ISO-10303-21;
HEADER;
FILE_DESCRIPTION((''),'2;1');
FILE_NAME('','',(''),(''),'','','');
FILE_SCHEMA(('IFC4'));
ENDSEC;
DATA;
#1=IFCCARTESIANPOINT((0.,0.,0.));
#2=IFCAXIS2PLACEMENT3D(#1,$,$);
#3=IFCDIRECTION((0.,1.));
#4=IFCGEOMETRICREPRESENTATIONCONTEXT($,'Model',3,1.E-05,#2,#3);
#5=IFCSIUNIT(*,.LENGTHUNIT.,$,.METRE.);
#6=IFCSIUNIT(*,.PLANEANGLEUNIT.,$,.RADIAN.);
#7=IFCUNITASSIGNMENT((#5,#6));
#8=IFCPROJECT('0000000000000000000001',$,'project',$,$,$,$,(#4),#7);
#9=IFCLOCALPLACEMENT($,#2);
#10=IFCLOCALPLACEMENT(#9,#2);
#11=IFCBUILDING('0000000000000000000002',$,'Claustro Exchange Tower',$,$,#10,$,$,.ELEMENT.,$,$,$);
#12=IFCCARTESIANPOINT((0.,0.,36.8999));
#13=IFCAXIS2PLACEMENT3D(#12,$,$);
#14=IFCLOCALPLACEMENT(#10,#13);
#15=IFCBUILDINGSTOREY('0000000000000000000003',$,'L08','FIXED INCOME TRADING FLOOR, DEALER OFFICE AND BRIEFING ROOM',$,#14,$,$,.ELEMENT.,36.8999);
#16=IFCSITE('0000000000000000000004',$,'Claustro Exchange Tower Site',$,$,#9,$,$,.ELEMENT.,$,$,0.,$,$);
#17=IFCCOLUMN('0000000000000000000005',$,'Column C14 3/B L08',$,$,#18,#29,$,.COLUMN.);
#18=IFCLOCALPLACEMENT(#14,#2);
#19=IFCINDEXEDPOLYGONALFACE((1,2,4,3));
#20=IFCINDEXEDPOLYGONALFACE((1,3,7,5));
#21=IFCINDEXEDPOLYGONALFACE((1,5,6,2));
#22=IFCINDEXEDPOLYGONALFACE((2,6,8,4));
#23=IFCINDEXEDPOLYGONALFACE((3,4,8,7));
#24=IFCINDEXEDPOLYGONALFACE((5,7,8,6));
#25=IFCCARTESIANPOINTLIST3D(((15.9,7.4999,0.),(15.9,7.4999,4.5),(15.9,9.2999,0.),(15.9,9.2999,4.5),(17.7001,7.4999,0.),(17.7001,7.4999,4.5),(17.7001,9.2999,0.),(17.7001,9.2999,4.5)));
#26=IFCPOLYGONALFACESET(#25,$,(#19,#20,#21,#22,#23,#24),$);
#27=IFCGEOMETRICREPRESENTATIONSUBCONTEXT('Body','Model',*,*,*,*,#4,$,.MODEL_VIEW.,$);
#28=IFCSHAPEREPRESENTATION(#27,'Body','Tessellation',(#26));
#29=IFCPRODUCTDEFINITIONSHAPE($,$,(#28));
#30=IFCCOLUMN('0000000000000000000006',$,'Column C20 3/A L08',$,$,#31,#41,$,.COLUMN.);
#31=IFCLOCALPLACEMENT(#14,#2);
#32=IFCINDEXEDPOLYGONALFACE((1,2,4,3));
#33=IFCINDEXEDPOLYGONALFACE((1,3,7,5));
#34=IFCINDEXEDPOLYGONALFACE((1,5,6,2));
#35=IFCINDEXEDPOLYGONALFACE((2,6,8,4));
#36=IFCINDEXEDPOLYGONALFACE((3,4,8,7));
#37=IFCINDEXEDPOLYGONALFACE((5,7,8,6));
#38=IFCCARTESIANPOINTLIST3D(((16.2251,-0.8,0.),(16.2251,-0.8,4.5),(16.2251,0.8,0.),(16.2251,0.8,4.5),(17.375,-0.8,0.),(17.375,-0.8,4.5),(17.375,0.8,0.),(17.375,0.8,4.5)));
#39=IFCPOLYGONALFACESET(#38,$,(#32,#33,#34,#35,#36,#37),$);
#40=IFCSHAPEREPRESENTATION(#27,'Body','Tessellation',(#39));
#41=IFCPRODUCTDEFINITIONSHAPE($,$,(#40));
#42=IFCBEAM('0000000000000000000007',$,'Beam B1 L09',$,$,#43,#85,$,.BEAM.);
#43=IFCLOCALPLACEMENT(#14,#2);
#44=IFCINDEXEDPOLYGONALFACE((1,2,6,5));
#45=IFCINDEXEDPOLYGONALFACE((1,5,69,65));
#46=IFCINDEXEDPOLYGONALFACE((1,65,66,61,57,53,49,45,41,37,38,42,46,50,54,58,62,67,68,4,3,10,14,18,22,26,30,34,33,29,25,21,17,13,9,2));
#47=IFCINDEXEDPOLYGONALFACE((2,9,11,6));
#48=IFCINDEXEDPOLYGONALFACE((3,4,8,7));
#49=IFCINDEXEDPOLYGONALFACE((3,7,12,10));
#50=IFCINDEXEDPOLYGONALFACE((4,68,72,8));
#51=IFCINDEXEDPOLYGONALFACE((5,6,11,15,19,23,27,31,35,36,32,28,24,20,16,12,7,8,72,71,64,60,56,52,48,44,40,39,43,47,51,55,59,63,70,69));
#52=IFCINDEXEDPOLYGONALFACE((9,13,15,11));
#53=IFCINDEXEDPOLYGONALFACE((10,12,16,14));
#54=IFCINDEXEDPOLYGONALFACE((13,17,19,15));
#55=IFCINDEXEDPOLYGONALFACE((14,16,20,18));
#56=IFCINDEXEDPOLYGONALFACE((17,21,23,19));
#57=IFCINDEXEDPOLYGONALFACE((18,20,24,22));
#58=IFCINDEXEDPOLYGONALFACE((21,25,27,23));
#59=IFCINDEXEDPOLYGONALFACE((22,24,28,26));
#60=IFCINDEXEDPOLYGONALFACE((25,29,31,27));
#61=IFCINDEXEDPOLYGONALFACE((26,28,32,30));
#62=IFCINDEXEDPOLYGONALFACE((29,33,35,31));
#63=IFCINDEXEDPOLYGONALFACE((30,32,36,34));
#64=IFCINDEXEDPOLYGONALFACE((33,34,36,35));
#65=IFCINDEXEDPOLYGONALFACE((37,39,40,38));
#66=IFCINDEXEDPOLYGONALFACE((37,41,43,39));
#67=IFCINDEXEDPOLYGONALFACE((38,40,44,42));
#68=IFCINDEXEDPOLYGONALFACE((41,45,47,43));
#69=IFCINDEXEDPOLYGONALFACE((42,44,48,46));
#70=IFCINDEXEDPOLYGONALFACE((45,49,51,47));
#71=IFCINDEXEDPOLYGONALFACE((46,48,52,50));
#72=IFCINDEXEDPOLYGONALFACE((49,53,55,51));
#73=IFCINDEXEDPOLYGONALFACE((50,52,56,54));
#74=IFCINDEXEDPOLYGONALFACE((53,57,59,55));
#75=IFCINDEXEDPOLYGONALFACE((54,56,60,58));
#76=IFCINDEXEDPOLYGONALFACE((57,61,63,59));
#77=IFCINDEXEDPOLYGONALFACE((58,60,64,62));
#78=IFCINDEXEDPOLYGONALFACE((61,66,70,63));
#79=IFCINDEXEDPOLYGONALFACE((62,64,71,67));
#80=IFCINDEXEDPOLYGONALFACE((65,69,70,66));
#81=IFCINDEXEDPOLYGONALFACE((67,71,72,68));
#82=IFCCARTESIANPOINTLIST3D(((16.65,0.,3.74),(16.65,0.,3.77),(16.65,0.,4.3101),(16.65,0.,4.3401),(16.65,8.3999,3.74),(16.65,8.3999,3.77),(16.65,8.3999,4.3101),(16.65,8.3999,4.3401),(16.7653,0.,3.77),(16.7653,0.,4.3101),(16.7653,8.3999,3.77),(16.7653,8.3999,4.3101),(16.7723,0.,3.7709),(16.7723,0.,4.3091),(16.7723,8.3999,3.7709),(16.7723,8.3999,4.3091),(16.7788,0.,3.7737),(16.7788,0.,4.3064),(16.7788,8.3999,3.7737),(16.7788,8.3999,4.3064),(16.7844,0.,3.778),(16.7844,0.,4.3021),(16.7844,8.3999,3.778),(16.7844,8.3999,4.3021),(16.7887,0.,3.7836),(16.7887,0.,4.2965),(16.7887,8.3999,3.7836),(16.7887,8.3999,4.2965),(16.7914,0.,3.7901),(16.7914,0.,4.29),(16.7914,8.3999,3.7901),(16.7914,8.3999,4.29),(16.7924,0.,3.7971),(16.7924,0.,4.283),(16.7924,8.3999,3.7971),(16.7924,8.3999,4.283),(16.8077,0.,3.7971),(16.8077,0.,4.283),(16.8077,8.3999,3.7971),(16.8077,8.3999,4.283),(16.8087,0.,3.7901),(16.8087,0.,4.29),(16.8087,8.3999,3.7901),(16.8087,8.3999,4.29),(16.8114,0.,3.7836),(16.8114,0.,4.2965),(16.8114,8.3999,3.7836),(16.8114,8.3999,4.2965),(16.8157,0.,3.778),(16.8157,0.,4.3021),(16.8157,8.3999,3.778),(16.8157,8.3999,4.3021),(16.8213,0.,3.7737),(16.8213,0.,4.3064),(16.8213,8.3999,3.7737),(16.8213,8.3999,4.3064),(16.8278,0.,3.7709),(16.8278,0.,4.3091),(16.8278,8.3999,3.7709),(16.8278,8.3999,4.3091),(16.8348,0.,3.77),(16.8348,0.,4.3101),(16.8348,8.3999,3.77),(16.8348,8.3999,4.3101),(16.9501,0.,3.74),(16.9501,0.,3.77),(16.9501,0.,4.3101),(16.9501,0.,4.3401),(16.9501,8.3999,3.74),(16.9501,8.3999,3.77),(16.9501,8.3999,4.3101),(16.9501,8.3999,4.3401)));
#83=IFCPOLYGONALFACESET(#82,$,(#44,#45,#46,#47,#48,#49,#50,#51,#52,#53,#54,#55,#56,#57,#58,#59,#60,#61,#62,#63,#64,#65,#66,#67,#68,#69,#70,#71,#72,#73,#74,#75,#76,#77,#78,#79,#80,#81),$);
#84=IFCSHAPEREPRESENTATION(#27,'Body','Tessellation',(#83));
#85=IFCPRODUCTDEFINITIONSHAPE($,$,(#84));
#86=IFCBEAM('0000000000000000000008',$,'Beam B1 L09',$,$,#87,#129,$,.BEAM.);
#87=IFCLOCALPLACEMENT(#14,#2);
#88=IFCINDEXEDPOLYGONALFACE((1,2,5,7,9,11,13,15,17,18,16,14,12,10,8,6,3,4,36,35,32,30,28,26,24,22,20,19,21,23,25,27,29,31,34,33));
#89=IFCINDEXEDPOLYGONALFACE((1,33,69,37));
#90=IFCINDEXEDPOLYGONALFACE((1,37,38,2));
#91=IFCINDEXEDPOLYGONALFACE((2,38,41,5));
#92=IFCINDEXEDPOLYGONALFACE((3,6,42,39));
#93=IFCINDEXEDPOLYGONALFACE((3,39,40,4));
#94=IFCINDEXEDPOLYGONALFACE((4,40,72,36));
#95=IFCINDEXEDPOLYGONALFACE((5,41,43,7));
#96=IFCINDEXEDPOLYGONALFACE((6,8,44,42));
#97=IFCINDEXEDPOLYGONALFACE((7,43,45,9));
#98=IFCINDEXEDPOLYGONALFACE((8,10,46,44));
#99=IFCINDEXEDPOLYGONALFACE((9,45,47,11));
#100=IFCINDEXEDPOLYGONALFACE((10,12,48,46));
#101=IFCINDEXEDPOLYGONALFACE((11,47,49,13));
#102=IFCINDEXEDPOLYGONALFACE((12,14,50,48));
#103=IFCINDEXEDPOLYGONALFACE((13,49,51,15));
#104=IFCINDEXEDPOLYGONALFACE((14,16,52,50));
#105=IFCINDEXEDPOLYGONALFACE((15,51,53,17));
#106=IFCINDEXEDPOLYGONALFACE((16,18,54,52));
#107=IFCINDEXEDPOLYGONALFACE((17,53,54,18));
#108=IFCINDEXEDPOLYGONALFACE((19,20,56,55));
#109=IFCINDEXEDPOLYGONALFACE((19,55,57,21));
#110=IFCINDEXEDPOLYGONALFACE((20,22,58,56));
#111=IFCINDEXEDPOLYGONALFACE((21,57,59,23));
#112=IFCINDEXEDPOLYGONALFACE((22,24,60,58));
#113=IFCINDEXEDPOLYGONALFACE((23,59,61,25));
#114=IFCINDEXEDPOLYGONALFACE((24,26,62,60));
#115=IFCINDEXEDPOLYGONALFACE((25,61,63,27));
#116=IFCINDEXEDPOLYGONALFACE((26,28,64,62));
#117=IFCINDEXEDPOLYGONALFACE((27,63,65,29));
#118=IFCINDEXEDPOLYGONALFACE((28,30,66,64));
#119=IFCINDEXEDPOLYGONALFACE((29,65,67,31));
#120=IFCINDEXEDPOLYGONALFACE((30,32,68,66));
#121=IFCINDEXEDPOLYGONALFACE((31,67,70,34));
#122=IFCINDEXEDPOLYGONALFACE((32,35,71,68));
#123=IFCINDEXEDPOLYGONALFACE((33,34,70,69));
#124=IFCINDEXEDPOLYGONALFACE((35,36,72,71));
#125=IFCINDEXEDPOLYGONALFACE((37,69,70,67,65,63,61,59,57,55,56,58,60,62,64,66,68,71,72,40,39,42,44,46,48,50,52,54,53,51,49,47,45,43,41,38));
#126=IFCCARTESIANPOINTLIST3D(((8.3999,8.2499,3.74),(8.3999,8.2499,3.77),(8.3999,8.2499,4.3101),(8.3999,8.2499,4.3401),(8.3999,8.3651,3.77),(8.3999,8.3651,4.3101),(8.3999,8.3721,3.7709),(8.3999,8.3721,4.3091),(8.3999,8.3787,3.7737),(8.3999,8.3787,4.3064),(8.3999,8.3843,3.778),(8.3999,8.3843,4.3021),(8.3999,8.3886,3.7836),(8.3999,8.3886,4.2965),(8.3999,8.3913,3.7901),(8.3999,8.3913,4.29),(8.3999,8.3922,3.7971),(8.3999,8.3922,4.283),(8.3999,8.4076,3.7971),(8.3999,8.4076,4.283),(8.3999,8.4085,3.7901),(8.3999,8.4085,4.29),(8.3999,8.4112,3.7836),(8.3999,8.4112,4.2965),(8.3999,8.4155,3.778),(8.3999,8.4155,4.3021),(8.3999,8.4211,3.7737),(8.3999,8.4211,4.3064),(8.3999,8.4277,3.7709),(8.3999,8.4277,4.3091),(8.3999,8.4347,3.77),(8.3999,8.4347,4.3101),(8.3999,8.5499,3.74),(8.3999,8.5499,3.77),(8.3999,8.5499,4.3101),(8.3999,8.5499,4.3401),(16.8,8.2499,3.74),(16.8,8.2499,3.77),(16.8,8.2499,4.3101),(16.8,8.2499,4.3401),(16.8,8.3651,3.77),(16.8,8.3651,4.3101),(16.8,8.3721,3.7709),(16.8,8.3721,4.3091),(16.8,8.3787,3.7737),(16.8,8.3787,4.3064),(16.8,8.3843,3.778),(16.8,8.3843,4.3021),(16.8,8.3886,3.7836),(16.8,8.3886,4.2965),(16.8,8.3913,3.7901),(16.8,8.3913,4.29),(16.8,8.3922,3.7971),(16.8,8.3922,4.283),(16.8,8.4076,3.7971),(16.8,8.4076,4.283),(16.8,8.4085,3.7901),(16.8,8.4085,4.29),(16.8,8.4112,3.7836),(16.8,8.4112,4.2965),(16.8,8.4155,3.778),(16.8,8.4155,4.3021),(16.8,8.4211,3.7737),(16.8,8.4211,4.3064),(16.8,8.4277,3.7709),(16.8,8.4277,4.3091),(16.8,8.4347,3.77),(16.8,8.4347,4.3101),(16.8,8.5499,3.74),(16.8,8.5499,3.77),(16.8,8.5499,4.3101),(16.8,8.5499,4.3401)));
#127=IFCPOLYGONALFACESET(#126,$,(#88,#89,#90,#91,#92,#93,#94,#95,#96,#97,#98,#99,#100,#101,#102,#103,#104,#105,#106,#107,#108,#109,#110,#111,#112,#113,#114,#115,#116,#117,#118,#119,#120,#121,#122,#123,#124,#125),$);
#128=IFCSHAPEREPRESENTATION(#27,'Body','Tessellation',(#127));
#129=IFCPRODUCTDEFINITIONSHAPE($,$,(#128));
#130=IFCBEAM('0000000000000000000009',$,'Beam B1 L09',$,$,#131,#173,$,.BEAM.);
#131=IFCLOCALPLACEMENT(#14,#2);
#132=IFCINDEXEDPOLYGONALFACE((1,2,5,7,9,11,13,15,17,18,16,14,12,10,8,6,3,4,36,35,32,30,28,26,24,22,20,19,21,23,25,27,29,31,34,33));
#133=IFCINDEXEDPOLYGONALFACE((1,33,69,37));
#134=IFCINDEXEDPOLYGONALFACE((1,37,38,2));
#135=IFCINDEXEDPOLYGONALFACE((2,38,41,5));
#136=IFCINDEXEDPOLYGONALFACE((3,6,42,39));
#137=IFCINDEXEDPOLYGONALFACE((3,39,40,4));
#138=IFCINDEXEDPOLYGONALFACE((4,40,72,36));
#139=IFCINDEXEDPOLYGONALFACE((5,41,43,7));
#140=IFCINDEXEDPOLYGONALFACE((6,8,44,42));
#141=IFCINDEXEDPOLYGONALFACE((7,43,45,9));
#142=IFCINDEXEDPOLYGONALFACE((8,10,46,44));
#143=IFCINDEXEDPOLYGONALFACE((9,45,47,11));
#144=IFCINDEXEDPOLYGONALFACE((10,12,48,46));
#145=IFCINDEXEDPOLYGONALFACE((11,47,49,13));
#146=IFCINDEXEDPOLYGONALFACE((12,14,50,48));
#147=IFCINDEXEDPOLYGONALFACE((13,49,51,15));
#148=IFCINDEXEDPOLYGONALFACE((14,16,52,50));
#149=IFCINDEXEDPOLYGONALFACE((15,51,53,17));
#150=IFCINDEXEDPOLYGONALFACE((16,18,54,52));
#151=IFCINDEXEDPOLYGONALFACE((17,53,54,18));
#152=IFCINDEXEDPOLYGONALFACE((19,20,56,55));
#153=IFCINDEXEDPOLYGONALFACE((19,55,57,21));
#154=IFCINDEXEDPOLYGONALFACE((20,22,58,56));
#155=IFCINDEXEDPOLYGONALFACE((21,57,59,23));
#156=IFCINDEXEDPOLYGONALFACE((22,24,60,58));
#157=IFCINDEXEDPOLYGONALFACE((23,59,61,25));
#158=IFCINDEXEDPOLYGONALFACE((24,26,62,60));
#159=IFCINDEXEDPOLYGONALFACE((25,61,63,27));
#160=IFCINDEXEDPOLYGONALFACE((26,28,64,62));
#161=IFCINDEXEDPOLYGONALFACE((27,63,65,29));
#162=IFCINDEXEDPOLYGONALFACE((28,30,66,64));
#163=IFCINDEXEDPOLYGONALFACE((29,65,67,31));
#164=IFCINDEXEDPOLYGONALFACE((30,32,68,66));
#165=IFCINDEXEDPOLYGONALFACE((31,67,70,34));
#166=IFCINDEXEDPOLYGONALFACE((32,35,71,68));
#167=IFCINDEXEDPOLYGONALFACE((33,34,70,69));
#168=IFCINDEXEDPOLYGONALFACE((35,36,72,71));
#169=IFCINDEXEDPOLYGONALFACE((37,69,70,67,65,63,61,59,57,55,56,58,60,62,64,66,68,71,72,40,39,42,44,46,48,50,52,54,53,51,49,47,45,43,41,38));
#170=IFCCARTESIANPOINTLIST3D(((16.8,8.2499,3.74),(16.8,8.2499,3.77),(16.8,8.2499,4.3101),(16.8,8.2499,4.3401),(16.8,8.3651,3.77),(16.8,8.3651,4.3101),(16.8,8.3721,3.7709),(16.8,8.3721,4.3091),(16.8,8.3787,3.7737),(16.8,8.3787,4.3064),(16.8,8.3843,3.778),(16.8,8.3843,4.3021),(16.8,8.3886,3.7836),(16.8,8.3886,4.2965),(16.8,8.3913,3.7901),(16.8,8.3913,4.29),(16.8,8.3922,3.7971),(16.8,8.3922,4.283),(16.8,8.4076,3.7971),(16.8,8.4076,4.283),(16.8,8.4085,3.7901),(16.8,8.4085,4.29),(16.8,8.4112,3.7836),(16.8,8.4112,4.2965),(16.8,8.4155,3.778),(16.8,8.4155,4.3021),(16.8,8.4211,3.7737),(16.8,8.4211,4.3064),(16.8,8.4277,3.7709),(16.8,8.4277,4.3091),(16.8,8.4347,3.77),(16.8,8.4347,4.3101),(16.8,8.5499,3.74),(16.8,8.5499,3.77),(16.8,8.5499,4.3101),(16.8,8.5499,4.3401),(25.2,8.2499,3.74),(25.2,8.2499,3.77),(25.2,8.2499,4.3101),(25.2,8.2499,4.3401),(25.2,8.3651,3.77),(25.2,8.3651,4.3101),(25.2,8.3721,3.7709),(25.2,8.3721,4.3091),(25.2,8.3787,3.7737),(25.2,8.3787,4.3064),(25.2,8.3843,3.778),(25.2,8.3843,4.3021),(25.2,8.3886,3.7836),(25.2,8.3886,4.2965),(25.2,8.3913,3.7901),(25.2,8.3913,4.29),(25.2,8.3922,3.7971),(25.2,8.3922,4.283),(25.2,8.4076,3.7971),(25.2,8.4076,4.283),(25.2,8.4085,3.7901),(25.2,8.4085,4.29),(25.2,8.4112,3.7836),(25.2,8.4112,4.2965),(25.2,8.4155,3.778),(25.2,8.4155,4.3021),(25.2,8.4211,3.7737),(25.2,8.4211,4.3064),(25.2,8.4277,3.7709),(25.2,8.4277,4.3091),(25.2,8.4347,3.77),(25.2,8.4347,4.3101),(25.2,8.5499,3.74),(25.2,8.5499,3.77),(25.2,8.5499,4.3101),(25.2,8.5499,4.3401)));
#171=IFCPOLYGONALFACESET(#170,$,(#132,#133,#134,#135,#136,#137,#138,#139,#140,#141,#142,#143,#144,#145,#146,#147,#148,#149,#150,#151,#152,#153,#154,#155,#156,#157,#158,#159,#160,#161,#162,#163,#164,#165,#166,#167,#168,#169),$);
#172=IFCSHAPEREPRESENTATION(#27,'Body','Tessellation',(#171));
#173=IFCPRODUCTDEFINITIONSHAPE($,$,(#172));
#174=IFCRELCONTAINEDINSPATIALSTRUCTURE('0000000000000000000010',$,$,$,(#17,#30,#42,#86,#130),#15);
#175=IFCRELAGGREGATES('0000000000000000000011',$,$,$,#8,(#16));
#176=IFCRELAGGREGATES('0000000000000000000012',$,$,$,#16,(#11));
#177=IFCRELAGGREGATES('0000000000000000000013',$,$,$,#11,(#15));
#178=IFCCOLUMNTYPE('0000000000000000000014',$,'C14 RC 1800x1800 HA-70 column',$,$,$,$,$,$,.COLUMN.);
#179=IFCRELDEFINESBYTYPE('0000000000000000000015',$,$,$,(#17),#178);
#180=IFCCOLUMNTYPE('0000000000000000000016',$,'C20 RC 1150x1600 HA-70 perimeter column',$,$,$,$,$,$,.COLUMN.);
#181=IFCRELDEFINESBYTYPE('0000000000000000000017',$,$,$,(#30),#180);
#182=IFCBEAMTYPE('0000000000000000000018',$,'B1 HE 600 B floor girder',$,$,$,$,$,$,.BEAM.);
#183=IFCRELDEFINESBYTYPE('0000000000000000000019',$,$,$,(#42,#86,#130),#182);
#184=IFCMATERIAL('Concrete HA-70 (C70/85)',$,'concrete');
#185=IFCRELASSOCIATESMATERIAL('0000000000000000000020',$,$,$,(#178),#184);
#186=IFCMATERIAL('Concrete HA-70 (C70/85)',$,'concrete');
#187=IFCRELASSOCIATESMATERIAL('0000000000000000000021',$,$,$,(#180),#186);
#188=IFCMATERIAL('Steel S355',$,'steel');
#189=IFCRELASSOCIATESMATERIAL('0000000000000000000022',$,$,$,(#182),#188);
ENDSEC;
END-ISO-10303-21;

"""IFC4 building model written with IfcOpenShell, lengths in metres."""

from ifc_helpers import new_model, si_unit, direction, frame, origin, origin_2d, place, context, subcontext, project, spatial, rectangle, i_section, extrude, material, material_profile, profile_set, type_object, element, save


model = new_model("IFC4")

# Units and contexts
model_context = context("Model", 3, precision=1e-05, world=origin(), true_north=direction((0.0, 1.0)))
body_context = subcontext(model_context, "Body", "Model", "MODEL_VIEW")
ifc_project = project(units=[si_unit("LENGTHUNIT", "METRE"), si_unit("PLANEANGLEUNIT", "RADIAN")], contexts=[model_context])

# Site, building, storey
site_placement = place(None, origin())
site = spatial("IfcSite", under=ifc_project, at=site_placement, Name="Claustro Exchange Tower Site", CompositionType="ELEMENT", RefElevation=0.0)
building_placement = place(site_placement, origin())
building = spatial("IfcBuilding", under=site, at=building_placement, Name="Claustro Exchange Tower", CompositionType="ELEMENT")
storey_placement = place(building_placement, frame((0.0, 0.0, 36.8999)))
storey = spatial("IfcBuildingStorey", under=building, at=storey_placement, Name="L08", Description="FIXED INCOME TRADING FLOOR, DEALER OFFICE AND BRIEFING ROOM", CompositionType="ELEMENT", Elevation=36.8999)

# Columns
ifc_material_1 = material(Name="Concrete HA-70 (C70/85)", Category="concrete")
ifc_material_profile_1 = material_profile(ifc_material_1, rectangle(XDim=1.8, YDim=1.8, at=origin_2d()), Name="RC 1800x1800")
ifc_profile_set_1 = profile_set([ifc_material_profile_1], Name="Concrete HA-70 (C70/85)")
column_type_1 = type_object("IfcColumnType", Name="C14 RC 1800x1800 HA-70 column", PredefinedType="COLUMN", material=ifc_profile_set_1)
column_1_placement = place(storey_placement, frame((16.8, 8.3999, 0.0), z_axis=(0.0, 0.0, 1.0), x_axis=(1.0, 0.0, 0.0)))
element("IfcColumn", 1, at=column_1_placement, inside=storey, type_object=column_type_1, Name="Column C14 3/B L08", PredefinedType="COLUMN", context=body_context, shape_type="SweptSolid", body=[
    extrude(rectangle(XDim=1.8, YDim=1.8, at=origin_2d()), origin(), (0.0, 0.0, 1.0), 4.5),
])
ifc_material_2 = material(Name="Concrete HA-70 (C70/85)", Category="concrete")
ifc_material_profile_2 = material_profile(ifc_material_2, rectangle(XDim=1.1499, YDim=1.6001, at=origin_2d()), Name="RC 1150x1600")
ifc_profile_set_2 = profile_set([ifc_material_profile_2], Name="Concrete HA-70 (C70/85)")
column_type_2 = type_object("IfcColumnType", Name="C20 RC 1150x1600 HA-70 perimeter column", PredefinedType="COLUMN", material=ifc_profile_set_2)
column_2_placement = place(storey_placement, frame((16.8, 0.0, 0.0), z_axis=(0.0, 0.0, 1.0), x_axis=(1.0, 0.0, 0.0)))
element("IfcColumn", 2, at=column_2_placement, inside=storey, type_object=column_type_2, Name="Column C20 3/A L08", PredefinedType="COLUMN", context=body_context, shape_type="SweptSolid", body=[
    extrude(rectangle(XDim=1.1499, YDim=1.6001, at=origin_2d()), origin(), (0.0, 0.0, 1.0), 4.5),
])

# Beams
ifc_material_3 = material(Name="Steel S355", Category="steel")
ifc_material_profile_3 = material_profile(ifc_material_3, i_section(OverallWidth=0.3, OverallDepth=0.6001, WebThickness=0.0154, FlangeThickness=0.03, FilletRadius=0.0271, at=origin_2d()), Name="HE 600 B")
ifc_profile_set_3 = profile_set([ifc_material_profile_3], Name="Steel S355")
beam_type_1 = type_object("IfcBeamType", Name="B1 HE 600 B floor girder", PredefinedType="BEAM", material=ifc_profile_set_3)
beam_1_placement = place(storey_placement, frame((16.8, 0.0, 4.04), z_axis=(0.0, 1.0, 0.0), x_axis=(-1.0, 0.0, 0.0)))
element("IfcBeam", 3, at=beam_1_placement, inside=storey, type_object=beam_type_1, Name="Beam B1 L09", PredefinedType="BEAM", context=body_context, shape_type="SweptSolid", body=[
    extrude(i_section(OverallWidth=0.3, OverallDepth=0.6001, WebThickness=0.0154, FlangeThickness=0.03, FilletRadius=0.0271, at=origin_2d()), origin(), (0.0, 0.0, 1.0), 8.3999),
])
beam_2_placement = place(storey_placement, frame((8.3999, 8.3999, 4.04), z_axis=(1.0, 0.0, 0.0), x_axis=(0.0, 1.0, 0.0)))
element("IfcBeam", 4, at=beam_2_placement, inside=storey, type_object=beam_type_1, Name="Beam B1 L09", PredefinedType="BEAM", context=body_context, shape_type="SweptSolid", body=[
    extrude(i_section(OverallWidth=0.3, OverallDepth=0.6001, WebThickness=0.0154, FlangeThickness=0.03, FilletRadius=0.0271, at=origin_2d()), origin(), (0.0, 0.0, 1.0), 8.4001),
])
beam_3_placement = place(storey_placement, frame((16.8, 8.3999, 4.04), z_axis=(1.0, 0.0, 0.0), x_axis=(0.0, 1.0, 0.0)))
element("IfcBeam", 5, at=beam_3_placement, inside=storey, type_object=beam_type_1, Name="Beam B1 L09", PredefinedType="BEAM", context=body_context, shape_type="SweptSolid", body=[
    extrude(i_section(OverallWidth=0.3, OverallDepth=0.6001, WebThickness=0.0154, FlangeThickness=0.03, FilletRadius=0.0271, at=origin_2d()), origin(), (0.0, 0.0, 1.0), 8.3999),
])

save(model, "model.ifc")
